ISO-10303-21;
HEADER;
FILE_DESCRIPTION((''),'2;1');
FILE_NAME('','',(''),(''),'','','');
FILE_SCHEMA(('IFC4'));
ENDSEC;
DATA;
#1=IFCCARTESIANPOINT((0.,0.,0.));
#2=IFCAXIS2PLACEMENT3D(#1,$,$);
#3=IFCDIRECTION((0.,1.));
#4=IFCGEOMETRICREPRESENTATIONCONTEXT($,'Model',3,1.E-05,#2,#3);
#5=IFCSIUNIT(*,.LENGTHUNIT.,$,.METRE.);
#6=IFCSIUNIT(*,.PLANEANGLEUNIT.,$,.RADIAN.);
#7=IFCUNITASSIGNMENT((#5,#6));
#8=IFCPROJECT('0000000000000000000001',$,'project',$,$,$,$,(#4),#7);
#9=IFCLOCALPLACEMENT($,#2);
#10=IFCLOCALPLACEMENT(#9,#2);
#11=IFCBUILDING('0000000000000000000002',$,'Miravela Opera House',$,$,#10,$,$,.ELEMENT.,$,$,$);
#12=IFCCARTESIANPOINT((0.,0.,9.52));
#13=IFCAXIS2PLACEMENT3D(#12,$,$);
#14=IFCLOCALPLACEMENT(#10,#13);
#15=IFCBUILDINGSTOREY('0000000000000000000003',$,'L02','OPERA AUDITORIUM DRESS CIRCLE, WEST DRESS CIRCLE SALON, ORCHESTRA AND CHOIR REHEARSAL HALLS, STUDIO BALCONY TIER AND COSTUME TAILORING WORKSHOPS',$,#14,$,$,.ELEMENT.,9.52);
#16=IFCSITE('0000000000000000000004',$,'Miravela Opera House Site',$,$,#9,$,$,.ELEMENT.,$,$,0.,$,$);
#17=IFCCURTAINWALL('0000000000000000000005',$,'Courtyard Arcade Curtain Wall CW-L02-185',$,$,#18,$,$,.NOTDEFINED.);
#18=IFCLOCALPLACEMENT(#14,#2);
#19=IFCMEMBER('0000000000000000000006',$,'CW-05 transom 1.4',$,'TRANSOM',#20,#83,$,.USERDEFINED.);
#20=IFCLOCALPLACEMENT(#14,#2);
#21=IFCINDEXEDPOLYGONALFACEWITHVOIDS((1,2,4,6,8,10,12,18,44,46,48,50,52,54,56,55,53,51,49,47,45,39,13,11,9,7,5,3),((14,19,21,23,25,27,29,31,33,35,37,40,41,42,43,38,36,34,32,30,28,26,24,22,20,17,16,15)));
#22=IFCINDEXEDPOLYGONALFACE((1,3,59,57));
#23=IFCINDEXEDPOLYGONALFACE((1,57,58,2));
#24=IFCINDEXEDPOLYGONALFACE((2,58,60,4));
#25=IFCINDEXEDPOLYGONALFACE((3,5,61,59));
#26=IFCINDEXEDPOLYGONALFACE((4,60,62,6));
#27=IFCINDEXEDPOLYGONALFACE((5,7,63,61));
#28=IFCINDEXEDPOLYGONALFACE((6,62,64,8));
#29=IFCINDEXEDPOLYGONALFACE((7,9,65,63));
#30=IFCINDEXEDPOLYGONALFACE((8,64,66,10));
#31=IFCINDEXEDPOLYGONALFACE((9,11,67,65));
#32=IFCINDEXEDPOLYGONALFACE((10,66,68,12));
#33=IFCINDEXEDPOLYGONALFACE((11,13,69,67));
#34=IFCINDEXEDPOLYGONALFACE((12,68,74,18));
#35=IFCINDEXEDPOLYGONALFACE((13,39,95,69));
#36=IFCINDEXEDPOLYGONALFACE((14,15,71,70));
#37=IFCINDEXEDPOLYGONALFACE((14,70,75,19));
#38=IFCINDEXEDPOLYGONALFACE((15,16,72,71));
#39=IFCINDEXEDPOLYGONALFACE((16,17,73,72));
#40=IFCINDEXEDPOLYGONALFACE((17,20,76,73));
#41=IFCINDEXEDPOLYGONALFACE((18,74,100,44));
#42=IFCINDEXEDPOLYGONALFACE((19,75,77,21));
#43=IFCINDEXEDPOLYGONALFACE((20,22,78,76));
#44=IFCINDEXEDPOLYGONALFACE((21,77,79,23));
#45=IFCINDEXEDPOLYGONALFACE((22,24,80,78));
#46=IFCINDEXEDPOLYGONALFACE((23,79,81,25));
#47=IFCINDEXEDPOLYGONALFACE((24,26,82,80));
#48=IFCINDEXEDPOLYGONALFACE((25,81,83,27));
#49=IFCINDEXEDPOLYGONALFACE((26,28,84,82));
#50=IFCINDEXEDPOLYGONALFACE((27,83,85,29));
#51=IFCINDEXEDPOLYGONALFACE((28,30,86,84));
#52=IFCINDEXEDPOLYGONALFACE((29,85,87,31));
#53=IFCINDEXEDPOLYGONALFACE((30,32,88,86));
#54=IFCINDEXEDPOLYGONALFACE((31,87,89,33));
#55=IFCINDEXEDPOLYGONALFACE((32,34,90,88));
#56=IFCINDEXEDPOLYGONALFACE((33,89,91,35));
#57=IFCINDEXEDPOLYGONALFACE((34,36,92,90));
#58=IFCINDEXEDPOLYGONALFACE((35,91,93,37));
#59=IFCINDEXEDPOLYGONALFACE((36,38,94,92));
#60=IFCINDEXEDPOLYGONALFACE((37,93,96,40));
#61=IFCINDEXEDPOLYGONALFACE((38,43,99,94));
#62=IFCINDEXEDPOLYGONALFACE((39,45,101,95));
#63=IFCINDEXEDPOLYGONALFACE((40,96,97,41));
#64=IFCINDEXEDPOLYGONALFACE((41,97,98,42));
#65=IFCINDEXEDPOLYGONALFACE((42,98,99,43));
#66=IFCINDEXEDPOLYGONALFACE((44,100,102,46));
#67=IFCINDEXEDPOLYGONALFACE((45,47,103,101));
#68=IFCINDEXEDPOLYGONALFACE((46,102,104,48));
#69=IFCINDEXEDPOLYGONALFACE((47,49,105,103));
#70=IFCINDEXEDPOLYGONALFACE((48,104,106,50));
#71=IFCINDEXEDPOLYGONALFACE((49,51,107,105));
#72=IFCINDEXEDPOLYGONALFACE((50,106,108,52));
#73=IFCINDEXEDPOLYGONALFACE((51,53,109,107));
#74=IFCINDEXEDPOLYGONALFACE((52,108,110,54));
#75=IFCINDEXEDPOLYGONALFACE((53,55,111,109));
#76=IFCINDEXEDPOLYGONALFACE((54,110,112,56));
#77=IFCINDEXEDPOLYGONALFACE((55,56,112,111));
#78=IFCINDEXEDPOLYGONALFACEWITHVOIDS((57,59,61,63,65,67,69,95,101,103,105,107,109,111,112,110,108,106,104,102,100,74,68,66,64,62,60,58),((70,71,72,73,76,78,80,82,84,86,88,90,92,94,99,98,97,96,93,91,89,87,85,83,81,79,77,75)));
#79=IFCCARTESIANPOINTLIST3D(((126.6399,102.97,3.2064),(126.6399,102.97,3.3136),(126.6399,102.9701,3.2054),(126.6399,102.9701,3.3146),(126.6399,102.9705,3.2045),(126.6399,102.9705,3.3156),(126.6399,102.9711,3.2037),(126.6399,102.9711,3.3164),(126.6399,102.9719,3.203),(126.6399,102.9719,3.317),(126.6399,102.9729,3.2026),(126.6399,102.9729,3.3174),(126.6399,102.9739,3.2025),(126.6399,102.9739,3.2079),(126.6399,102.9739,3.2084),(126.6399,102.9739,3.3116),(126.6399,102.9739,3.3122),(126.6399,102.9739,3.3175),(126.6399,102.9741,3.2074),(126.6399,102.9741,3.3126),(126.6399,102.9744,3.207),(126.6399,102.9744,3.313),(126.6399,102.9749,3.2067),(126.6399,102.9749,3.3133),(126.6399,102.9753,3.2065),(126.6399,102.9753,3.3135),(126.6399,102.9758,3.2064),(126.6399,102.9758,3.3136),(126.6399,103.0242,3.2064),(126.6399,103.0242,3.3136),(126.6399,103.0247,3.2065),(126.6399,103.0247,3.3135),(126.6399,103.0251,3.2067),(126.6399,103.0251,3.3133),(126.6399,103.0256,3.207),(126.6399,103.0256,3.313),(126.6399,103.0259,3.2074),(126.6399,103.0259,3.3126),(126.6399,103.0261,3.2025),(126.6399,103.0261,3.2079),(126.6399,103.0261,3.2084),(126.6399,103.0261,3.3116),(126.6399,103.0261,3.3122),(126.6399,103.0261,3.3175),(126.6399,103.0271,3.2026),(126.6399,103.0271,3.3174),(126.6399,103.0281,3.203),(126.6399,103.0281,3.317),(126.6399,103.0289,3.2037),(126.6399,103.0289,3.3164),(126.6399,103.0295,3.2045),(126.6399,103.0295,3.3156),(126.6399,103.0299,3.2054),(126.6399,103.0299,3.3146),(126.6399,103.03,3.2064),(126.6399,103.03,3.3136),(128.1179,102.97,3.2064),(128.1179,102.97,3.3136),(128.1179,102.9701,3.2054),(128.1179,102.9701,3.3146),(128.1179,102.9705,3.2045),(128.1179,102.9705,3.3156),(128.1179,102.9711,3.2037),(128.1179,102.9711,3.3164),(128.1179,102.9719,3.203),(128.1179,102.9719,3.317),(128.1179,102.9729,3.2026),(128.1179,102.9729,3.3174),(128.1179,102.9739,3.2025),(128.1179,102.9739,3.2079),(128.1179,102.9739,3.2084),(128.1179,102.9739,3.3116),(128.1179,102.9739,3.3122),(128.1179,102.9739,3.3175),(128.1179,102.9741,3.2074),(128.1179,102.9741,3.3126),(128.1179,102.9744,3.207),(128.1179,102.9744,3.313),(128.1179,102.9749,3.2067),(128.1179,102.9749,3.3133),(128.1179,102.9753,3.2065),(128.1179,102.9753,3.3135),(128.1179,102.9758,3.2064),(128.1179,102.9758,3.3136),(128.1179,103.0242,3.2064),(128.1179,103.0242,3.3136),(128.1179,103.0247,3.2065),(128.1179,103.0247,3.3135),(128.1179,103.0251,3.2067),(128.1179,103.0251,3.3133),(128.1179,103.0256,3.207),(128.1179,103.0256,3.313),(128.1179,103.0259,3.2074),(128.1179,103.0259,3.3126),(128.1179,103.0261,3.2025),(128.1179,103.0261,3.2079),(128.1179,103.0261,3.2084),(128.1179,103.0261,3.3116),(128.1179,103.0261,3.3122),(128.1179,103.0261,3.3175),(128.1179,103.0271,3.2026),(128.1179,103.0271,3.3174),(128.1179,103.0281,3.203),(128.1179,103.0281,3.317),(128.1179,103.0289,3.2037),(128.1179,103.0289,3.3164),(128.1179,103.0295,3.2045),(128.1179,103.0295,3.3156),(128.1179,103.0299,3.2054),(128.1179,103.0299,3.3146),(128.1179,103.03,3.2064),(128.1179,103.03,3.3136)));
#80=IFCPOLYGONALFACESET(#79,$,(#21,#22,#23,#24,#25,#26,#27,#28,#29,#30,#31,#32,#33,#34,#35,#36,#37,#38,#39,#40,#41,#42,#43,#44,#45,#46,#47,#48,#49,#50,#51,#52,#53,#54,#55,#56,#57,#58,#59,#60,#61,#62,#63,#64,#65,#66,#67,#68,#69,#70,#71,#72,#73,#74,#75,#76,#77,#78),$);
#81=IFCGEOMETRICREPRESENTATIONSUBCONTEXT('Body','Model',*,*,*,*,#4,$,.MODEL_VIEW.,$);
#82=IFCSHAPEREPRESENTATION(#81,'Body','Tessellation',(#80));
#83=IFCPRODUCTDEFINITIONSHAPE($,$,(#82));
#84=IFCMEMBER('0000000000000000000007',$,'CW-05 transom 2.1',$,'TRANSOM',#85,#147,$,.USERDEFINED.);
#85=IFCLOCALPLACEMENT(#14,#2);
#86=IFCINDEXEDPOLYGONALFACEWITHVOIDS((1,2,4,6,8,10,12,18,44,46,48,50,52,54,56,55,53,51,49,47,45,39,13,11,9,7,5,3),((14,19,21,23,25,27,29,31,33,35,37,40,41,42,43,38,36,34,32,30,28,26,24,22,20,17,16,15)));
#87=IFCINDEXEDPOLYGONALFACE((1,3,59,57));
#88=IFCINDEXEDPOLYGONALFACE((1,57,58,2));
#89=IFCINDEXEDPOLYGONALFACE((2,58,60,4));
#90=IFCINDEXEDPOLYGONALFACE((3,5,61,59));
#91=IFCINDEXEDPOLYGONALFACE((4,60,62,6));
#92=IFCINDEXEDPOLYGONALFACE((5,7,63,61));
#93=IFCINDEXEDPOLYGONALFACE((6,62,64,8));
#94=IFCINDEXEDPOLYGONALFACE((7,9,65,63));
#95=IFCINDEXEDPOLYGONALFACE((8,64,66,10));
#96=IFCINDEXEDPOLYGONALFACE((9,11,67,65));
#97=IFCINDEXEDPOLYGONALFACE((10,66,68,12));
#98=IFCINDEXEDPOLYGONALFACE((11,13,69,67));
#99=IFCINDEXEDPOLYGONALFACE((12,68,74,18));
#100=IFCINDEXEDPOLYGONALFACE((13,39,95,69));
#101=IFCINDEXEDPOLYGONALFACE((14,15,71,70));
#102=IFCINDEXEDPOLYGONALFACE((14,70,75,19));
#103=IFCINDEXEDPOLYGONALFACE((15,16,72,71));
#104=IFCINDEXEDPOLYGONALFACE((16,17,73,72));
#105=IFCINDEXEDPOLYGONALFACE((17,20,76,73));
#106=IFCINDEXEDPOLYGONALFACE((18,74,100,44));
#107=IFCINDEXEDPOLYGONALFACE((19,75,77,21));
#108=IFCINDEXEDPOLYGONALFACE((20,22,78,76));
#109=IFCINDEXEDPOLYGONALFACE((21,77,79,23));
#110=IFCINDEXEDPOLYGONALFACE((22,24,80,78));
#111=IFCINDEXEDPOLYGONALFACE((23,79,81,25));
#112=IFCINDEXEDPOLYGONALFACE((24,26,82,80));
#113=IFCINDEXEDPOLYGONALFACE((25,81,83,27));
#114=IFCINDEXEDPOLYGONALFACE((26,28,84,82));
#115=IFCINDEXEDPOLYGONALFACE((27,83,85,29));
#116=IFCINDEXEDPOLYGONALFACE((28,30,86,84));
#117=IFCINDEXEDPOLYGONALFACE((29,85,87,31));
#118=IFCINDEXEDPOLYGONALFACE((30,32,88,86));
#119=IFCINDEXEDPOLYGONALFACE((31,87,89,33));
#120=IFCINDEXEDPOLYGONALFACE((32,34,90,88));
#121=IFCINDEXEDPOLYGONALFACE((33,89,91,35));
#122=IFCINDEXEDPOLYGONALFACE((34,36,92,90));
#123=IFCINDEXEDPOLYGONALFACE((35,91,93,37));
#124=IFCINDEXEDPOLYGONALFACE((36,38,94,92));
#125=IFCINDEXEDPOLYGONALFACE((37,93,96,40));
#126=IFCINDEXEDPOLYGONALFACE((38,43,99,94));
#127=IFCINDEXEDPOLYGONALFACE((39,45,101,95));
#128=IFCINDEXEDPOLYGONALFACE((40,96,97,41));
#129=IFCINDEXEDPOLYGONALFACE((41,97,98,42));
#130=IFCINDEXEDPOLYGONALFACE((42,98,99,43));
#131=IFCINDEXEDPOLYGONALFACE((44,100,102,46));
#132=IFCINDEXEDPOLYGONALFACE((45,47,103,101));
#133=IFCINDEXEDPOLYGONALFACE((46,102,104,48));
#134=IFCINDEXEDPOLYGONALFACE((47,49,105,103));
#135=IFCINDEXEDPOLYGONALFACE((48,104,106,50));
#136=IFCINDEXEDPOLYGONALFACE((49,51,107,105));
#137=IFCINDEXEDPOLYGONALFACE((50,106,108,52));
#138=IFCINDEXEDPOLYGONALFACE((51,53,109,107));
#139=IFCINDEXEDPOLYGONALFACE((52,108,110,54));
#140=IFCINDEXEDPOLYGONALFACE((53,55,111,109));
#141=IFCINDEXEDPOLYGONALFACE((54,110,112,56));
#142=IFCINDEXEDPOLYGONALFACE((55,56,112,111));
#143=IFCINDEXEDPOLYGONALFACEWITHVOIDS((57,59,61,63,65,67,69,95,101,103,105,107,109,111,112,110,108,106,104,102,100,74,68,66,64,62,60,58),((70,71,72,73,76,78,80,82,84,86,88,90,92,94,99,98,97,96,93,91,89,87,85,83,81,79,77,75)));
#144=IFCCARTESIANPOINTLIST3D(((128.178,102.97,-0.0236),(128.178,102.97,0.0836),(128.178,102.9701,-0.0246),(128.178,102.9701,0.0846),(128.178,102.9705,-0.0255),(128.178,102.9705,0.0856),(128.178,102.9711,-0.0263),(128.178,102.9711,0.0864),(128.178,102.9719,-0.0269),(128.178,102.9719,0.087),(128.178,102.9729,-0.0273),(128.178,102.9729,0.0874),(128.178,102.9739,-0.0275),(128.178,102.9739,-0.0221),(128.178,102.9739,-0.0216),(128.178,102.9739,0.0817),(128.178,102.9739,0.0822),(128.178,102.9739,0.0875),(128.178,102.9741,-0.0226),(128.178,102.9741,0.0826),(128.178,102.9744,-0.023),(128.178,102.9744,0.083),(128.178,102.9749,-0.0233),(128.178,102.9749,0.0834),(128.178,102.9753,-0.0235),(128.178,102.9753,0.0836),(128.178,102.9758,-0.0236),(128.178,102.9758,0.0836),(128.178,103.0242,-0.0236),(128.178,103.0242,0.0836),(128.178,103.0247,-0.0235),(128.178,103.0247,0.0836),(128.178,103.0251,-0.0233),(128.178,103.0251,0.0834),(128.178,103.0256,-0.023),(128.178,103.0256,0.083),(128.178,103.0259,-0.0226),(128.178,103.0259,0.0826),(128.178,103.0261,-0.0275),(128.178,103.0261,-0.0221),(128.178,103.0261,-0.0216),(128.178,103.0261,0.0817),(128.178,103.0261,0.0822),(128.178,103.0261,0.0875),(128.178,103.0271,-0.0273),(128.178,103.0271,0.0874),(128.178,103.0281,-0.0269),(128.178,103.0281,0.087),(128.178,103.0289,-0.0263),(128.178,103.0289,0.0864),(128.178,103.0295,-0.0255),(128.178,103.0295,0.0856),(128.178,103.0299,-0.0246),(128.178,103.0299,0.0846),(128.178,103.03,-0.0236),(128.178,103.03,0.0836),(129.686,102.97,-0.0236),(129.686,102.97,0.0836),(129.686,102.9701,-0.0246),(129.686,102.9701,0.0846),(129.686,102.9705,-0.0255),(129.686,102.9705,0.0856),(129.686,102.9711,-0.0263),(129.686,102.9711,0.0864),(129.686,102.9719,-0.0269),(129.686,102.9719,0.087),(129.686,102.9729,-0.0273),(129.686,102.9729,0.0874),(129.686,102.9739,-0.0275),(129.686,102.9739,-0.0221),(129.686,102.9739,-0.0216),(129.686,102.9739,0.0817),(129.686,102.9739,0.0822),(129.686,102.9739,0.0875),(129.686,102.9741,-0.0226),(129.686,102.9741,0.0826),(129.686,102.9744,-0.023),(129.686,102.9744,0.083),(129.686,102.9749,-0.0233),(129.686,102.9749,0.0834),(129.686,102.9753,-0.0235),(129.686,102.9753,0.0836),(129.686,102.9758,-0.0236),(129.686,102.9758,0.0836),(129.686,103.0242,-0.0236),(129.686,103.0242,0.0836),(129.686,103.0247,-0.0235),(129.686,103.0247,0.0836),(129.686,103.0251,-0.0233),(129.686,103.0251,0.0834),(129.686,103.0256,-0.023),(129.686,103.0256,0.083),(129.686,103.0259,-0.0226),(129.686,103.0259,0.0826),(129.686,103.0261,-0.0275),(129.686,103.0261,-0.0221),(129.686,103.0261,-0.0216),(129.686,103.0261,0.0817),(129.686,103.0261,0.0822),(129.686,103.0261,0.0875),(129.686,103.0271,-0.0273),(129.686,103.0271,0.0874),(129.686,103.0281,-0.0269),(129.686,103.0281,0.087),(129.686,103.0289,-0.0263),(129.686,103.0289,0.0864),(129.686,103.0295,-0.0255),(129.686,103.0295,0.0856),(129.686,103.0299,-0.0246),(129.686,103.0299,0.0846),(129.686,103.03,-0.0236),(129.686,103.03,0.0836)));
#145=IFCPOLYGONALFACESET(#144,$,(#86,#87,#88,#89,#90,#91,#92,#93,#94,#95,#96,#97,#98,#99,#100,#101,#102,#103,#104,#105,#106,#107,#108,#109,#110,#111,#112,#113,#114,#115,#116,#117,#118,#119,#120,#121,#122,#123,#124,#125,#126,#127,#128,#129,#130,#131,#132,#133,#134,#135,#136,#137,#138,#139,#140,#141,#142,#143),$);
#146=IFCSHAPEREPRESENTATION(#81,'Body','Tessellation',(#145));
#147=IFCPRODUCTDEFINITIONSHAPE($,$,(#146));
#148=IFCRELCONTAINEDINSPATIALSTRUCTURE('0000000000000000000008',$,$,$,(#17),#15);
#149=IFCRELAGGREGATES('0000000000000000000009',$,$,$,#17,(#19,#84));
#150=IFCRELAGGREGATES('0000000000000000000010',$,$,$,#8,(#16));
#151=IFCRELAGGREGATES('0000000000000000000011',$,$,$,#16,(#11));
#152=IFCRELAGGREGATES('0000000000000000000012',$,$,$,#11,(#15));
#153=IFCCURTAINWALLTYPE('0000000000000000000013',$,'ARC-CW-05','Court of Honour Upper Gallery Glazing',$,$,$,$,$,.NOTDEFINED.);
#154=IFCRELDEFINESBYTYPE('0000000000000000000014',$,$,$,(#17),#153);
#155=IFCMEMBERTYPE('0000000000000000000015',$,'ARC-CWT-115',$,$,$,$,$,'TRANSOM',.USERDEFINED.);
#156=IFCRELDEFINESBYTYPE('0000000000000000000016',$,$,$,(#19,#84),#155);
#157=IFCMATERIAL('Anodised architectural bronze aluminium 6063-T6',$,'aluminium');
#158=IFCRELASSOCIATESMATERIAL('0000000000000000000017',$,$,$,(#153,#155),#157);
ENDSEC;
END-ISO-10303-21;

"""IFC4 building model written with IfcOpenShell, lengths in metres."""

from ifc_helpers import new_model, si_unit, direction, frame, origin, origin_2d, place, context, subcontext, project, spatial, hollow_rectangle, extrude, material, material_profile, profile_set, type_object, element, aggregate, save


model = new_model("IFC4")

# Units and contexts
model_context = context("Model", 3, precision=1e-05, world=origin(), true_north=direction((0.0, 1.0)))
body_context = subcontext(model_context, "Body", "Model", "MODEL_VIEW")
ifc_project = project(units=[si_unit("LENGTHUNIT", "METRE"), si_unit("PLANEANGLEUNIT", "RADIAN")], contexts=[model_context])

# Site, building, storey
site_placement = place(None, origin())
site = spatial("IfcSite", under=ifc_project, at=site_placement, Name="Miravela Opera House Site", CompositionType="ELEMENT", RefElevation=0.0)
building_placement = place(site_placement, origin())
building = spatial("IfcBuilding", under=site, at=building_placement, Name="Miravela Opera House", CompositionType="ELEMENT")
storey_placement = place(building_placement, frame((0.0, 0.0, 9.52)))
storey = spatial("IfcBuildingStorey", under=building, at=storey_placement, Name="L02", Description="OPERA AUDITORIUM DRESS CIRCLE, WEST DRESS CIRCLE SALON, ORCHESTRA AND CHOIR REHEARSAL HALLS, STUDIO BALCONY TIER AND COSTUME TAILORING WORKSHOPS", CompositionType="ELEMENT", Elevation=9.52)

# Curtain wall, members
ifc_material_1 = material(Name="Anodised architectural bronze aluminium 6063-T6", Category="aluminium")
curtain_wall_type = type_object("IfcCurtainWallType", Name="ARC-CW-05", Description="Court of Honour Upper Gallery Glazing", PredefinedType="NOTDEFINED", material=ifc_material_1)
curtain_wall_placement = place(storey_placement, origin())
curtain_wall = element("IfcCurtainWall", 1, at=curtain_wall_placement, inside=storey, type_object=curtain_wall_type, Name="Courtyard Arcade Curtain Wall CW-L02-185", PredefinedType="NOTDEFINED")
ifc_material_profile_1 = material_profile(ifc_material_1, hollow_rectangle(XDim=0.0601, YDim=0.115, WallThickness=0.0039, InnerFilletRadius=0.002, OuterFilletRadius=0.0039, at=origin_2d()), Name="CWT-60X115")
ifc_profile_set_1 = profile_set([ifc_material_profile_1])
member_type_1 = type_object("IfcMemberType", Name="ARC-CWT-115", ElementType="TRANSOM", PredefinedType="USERDEFINED", material=ifc_profile_set_1)
member_1_placement = place(storey_placement, frame((126.6399, 103.0, 3.26), z_axis=(1.0, 0.0, 0.0), x_axis=(0.0, 1.0, 0.0)))
member_1 = element("IfcMember", 2, at=member_1_placement, type_object=member_type_1, Name="CW-05 transom 1.4", ObjectType="TRANSOM", PredefinedType="USERDEFINED", context=body_context, shape_type="SweptSolid", body=[
    extrude(hollow_rectangle(XDim=0.0601, YDim=0.115, WallThickness=0.0039, InnerFilletRadius=0.002, OuterFilletRadius=0.0039, at=origin_2d()), origin(), (0.0, 0.0, 1.0), 1.478),
])
member_2_placement = place(storey_placement, frame((128.178, 103.0, 0.03), z_axis=(1.0, 0.0, 0.0), x_axis=(0.0, 1.0, 0.0)))
member_2 = element("IfcMember", 3, at=member_2_placement, type_object=member_type_1, Name="CW-05 transom 2.1", ObjectType="TRANSOM", PredefinedType="USERDEFINED", context=body_context, shape_type="SweptSolid", body=[
    extrude(hollow_rectangle(XDim=0.0601, YDim=0.115, WallThickness=0.0039, InnerFilletRadius=0.002, OuterFilletRadius=0.0039, at=origin_2d()), origin(), (0.0, 0.0, 1.0), 1.5081),
])

aggregate(curtain_wall, [member_1, member_2])

save(model, "model.ifc")
